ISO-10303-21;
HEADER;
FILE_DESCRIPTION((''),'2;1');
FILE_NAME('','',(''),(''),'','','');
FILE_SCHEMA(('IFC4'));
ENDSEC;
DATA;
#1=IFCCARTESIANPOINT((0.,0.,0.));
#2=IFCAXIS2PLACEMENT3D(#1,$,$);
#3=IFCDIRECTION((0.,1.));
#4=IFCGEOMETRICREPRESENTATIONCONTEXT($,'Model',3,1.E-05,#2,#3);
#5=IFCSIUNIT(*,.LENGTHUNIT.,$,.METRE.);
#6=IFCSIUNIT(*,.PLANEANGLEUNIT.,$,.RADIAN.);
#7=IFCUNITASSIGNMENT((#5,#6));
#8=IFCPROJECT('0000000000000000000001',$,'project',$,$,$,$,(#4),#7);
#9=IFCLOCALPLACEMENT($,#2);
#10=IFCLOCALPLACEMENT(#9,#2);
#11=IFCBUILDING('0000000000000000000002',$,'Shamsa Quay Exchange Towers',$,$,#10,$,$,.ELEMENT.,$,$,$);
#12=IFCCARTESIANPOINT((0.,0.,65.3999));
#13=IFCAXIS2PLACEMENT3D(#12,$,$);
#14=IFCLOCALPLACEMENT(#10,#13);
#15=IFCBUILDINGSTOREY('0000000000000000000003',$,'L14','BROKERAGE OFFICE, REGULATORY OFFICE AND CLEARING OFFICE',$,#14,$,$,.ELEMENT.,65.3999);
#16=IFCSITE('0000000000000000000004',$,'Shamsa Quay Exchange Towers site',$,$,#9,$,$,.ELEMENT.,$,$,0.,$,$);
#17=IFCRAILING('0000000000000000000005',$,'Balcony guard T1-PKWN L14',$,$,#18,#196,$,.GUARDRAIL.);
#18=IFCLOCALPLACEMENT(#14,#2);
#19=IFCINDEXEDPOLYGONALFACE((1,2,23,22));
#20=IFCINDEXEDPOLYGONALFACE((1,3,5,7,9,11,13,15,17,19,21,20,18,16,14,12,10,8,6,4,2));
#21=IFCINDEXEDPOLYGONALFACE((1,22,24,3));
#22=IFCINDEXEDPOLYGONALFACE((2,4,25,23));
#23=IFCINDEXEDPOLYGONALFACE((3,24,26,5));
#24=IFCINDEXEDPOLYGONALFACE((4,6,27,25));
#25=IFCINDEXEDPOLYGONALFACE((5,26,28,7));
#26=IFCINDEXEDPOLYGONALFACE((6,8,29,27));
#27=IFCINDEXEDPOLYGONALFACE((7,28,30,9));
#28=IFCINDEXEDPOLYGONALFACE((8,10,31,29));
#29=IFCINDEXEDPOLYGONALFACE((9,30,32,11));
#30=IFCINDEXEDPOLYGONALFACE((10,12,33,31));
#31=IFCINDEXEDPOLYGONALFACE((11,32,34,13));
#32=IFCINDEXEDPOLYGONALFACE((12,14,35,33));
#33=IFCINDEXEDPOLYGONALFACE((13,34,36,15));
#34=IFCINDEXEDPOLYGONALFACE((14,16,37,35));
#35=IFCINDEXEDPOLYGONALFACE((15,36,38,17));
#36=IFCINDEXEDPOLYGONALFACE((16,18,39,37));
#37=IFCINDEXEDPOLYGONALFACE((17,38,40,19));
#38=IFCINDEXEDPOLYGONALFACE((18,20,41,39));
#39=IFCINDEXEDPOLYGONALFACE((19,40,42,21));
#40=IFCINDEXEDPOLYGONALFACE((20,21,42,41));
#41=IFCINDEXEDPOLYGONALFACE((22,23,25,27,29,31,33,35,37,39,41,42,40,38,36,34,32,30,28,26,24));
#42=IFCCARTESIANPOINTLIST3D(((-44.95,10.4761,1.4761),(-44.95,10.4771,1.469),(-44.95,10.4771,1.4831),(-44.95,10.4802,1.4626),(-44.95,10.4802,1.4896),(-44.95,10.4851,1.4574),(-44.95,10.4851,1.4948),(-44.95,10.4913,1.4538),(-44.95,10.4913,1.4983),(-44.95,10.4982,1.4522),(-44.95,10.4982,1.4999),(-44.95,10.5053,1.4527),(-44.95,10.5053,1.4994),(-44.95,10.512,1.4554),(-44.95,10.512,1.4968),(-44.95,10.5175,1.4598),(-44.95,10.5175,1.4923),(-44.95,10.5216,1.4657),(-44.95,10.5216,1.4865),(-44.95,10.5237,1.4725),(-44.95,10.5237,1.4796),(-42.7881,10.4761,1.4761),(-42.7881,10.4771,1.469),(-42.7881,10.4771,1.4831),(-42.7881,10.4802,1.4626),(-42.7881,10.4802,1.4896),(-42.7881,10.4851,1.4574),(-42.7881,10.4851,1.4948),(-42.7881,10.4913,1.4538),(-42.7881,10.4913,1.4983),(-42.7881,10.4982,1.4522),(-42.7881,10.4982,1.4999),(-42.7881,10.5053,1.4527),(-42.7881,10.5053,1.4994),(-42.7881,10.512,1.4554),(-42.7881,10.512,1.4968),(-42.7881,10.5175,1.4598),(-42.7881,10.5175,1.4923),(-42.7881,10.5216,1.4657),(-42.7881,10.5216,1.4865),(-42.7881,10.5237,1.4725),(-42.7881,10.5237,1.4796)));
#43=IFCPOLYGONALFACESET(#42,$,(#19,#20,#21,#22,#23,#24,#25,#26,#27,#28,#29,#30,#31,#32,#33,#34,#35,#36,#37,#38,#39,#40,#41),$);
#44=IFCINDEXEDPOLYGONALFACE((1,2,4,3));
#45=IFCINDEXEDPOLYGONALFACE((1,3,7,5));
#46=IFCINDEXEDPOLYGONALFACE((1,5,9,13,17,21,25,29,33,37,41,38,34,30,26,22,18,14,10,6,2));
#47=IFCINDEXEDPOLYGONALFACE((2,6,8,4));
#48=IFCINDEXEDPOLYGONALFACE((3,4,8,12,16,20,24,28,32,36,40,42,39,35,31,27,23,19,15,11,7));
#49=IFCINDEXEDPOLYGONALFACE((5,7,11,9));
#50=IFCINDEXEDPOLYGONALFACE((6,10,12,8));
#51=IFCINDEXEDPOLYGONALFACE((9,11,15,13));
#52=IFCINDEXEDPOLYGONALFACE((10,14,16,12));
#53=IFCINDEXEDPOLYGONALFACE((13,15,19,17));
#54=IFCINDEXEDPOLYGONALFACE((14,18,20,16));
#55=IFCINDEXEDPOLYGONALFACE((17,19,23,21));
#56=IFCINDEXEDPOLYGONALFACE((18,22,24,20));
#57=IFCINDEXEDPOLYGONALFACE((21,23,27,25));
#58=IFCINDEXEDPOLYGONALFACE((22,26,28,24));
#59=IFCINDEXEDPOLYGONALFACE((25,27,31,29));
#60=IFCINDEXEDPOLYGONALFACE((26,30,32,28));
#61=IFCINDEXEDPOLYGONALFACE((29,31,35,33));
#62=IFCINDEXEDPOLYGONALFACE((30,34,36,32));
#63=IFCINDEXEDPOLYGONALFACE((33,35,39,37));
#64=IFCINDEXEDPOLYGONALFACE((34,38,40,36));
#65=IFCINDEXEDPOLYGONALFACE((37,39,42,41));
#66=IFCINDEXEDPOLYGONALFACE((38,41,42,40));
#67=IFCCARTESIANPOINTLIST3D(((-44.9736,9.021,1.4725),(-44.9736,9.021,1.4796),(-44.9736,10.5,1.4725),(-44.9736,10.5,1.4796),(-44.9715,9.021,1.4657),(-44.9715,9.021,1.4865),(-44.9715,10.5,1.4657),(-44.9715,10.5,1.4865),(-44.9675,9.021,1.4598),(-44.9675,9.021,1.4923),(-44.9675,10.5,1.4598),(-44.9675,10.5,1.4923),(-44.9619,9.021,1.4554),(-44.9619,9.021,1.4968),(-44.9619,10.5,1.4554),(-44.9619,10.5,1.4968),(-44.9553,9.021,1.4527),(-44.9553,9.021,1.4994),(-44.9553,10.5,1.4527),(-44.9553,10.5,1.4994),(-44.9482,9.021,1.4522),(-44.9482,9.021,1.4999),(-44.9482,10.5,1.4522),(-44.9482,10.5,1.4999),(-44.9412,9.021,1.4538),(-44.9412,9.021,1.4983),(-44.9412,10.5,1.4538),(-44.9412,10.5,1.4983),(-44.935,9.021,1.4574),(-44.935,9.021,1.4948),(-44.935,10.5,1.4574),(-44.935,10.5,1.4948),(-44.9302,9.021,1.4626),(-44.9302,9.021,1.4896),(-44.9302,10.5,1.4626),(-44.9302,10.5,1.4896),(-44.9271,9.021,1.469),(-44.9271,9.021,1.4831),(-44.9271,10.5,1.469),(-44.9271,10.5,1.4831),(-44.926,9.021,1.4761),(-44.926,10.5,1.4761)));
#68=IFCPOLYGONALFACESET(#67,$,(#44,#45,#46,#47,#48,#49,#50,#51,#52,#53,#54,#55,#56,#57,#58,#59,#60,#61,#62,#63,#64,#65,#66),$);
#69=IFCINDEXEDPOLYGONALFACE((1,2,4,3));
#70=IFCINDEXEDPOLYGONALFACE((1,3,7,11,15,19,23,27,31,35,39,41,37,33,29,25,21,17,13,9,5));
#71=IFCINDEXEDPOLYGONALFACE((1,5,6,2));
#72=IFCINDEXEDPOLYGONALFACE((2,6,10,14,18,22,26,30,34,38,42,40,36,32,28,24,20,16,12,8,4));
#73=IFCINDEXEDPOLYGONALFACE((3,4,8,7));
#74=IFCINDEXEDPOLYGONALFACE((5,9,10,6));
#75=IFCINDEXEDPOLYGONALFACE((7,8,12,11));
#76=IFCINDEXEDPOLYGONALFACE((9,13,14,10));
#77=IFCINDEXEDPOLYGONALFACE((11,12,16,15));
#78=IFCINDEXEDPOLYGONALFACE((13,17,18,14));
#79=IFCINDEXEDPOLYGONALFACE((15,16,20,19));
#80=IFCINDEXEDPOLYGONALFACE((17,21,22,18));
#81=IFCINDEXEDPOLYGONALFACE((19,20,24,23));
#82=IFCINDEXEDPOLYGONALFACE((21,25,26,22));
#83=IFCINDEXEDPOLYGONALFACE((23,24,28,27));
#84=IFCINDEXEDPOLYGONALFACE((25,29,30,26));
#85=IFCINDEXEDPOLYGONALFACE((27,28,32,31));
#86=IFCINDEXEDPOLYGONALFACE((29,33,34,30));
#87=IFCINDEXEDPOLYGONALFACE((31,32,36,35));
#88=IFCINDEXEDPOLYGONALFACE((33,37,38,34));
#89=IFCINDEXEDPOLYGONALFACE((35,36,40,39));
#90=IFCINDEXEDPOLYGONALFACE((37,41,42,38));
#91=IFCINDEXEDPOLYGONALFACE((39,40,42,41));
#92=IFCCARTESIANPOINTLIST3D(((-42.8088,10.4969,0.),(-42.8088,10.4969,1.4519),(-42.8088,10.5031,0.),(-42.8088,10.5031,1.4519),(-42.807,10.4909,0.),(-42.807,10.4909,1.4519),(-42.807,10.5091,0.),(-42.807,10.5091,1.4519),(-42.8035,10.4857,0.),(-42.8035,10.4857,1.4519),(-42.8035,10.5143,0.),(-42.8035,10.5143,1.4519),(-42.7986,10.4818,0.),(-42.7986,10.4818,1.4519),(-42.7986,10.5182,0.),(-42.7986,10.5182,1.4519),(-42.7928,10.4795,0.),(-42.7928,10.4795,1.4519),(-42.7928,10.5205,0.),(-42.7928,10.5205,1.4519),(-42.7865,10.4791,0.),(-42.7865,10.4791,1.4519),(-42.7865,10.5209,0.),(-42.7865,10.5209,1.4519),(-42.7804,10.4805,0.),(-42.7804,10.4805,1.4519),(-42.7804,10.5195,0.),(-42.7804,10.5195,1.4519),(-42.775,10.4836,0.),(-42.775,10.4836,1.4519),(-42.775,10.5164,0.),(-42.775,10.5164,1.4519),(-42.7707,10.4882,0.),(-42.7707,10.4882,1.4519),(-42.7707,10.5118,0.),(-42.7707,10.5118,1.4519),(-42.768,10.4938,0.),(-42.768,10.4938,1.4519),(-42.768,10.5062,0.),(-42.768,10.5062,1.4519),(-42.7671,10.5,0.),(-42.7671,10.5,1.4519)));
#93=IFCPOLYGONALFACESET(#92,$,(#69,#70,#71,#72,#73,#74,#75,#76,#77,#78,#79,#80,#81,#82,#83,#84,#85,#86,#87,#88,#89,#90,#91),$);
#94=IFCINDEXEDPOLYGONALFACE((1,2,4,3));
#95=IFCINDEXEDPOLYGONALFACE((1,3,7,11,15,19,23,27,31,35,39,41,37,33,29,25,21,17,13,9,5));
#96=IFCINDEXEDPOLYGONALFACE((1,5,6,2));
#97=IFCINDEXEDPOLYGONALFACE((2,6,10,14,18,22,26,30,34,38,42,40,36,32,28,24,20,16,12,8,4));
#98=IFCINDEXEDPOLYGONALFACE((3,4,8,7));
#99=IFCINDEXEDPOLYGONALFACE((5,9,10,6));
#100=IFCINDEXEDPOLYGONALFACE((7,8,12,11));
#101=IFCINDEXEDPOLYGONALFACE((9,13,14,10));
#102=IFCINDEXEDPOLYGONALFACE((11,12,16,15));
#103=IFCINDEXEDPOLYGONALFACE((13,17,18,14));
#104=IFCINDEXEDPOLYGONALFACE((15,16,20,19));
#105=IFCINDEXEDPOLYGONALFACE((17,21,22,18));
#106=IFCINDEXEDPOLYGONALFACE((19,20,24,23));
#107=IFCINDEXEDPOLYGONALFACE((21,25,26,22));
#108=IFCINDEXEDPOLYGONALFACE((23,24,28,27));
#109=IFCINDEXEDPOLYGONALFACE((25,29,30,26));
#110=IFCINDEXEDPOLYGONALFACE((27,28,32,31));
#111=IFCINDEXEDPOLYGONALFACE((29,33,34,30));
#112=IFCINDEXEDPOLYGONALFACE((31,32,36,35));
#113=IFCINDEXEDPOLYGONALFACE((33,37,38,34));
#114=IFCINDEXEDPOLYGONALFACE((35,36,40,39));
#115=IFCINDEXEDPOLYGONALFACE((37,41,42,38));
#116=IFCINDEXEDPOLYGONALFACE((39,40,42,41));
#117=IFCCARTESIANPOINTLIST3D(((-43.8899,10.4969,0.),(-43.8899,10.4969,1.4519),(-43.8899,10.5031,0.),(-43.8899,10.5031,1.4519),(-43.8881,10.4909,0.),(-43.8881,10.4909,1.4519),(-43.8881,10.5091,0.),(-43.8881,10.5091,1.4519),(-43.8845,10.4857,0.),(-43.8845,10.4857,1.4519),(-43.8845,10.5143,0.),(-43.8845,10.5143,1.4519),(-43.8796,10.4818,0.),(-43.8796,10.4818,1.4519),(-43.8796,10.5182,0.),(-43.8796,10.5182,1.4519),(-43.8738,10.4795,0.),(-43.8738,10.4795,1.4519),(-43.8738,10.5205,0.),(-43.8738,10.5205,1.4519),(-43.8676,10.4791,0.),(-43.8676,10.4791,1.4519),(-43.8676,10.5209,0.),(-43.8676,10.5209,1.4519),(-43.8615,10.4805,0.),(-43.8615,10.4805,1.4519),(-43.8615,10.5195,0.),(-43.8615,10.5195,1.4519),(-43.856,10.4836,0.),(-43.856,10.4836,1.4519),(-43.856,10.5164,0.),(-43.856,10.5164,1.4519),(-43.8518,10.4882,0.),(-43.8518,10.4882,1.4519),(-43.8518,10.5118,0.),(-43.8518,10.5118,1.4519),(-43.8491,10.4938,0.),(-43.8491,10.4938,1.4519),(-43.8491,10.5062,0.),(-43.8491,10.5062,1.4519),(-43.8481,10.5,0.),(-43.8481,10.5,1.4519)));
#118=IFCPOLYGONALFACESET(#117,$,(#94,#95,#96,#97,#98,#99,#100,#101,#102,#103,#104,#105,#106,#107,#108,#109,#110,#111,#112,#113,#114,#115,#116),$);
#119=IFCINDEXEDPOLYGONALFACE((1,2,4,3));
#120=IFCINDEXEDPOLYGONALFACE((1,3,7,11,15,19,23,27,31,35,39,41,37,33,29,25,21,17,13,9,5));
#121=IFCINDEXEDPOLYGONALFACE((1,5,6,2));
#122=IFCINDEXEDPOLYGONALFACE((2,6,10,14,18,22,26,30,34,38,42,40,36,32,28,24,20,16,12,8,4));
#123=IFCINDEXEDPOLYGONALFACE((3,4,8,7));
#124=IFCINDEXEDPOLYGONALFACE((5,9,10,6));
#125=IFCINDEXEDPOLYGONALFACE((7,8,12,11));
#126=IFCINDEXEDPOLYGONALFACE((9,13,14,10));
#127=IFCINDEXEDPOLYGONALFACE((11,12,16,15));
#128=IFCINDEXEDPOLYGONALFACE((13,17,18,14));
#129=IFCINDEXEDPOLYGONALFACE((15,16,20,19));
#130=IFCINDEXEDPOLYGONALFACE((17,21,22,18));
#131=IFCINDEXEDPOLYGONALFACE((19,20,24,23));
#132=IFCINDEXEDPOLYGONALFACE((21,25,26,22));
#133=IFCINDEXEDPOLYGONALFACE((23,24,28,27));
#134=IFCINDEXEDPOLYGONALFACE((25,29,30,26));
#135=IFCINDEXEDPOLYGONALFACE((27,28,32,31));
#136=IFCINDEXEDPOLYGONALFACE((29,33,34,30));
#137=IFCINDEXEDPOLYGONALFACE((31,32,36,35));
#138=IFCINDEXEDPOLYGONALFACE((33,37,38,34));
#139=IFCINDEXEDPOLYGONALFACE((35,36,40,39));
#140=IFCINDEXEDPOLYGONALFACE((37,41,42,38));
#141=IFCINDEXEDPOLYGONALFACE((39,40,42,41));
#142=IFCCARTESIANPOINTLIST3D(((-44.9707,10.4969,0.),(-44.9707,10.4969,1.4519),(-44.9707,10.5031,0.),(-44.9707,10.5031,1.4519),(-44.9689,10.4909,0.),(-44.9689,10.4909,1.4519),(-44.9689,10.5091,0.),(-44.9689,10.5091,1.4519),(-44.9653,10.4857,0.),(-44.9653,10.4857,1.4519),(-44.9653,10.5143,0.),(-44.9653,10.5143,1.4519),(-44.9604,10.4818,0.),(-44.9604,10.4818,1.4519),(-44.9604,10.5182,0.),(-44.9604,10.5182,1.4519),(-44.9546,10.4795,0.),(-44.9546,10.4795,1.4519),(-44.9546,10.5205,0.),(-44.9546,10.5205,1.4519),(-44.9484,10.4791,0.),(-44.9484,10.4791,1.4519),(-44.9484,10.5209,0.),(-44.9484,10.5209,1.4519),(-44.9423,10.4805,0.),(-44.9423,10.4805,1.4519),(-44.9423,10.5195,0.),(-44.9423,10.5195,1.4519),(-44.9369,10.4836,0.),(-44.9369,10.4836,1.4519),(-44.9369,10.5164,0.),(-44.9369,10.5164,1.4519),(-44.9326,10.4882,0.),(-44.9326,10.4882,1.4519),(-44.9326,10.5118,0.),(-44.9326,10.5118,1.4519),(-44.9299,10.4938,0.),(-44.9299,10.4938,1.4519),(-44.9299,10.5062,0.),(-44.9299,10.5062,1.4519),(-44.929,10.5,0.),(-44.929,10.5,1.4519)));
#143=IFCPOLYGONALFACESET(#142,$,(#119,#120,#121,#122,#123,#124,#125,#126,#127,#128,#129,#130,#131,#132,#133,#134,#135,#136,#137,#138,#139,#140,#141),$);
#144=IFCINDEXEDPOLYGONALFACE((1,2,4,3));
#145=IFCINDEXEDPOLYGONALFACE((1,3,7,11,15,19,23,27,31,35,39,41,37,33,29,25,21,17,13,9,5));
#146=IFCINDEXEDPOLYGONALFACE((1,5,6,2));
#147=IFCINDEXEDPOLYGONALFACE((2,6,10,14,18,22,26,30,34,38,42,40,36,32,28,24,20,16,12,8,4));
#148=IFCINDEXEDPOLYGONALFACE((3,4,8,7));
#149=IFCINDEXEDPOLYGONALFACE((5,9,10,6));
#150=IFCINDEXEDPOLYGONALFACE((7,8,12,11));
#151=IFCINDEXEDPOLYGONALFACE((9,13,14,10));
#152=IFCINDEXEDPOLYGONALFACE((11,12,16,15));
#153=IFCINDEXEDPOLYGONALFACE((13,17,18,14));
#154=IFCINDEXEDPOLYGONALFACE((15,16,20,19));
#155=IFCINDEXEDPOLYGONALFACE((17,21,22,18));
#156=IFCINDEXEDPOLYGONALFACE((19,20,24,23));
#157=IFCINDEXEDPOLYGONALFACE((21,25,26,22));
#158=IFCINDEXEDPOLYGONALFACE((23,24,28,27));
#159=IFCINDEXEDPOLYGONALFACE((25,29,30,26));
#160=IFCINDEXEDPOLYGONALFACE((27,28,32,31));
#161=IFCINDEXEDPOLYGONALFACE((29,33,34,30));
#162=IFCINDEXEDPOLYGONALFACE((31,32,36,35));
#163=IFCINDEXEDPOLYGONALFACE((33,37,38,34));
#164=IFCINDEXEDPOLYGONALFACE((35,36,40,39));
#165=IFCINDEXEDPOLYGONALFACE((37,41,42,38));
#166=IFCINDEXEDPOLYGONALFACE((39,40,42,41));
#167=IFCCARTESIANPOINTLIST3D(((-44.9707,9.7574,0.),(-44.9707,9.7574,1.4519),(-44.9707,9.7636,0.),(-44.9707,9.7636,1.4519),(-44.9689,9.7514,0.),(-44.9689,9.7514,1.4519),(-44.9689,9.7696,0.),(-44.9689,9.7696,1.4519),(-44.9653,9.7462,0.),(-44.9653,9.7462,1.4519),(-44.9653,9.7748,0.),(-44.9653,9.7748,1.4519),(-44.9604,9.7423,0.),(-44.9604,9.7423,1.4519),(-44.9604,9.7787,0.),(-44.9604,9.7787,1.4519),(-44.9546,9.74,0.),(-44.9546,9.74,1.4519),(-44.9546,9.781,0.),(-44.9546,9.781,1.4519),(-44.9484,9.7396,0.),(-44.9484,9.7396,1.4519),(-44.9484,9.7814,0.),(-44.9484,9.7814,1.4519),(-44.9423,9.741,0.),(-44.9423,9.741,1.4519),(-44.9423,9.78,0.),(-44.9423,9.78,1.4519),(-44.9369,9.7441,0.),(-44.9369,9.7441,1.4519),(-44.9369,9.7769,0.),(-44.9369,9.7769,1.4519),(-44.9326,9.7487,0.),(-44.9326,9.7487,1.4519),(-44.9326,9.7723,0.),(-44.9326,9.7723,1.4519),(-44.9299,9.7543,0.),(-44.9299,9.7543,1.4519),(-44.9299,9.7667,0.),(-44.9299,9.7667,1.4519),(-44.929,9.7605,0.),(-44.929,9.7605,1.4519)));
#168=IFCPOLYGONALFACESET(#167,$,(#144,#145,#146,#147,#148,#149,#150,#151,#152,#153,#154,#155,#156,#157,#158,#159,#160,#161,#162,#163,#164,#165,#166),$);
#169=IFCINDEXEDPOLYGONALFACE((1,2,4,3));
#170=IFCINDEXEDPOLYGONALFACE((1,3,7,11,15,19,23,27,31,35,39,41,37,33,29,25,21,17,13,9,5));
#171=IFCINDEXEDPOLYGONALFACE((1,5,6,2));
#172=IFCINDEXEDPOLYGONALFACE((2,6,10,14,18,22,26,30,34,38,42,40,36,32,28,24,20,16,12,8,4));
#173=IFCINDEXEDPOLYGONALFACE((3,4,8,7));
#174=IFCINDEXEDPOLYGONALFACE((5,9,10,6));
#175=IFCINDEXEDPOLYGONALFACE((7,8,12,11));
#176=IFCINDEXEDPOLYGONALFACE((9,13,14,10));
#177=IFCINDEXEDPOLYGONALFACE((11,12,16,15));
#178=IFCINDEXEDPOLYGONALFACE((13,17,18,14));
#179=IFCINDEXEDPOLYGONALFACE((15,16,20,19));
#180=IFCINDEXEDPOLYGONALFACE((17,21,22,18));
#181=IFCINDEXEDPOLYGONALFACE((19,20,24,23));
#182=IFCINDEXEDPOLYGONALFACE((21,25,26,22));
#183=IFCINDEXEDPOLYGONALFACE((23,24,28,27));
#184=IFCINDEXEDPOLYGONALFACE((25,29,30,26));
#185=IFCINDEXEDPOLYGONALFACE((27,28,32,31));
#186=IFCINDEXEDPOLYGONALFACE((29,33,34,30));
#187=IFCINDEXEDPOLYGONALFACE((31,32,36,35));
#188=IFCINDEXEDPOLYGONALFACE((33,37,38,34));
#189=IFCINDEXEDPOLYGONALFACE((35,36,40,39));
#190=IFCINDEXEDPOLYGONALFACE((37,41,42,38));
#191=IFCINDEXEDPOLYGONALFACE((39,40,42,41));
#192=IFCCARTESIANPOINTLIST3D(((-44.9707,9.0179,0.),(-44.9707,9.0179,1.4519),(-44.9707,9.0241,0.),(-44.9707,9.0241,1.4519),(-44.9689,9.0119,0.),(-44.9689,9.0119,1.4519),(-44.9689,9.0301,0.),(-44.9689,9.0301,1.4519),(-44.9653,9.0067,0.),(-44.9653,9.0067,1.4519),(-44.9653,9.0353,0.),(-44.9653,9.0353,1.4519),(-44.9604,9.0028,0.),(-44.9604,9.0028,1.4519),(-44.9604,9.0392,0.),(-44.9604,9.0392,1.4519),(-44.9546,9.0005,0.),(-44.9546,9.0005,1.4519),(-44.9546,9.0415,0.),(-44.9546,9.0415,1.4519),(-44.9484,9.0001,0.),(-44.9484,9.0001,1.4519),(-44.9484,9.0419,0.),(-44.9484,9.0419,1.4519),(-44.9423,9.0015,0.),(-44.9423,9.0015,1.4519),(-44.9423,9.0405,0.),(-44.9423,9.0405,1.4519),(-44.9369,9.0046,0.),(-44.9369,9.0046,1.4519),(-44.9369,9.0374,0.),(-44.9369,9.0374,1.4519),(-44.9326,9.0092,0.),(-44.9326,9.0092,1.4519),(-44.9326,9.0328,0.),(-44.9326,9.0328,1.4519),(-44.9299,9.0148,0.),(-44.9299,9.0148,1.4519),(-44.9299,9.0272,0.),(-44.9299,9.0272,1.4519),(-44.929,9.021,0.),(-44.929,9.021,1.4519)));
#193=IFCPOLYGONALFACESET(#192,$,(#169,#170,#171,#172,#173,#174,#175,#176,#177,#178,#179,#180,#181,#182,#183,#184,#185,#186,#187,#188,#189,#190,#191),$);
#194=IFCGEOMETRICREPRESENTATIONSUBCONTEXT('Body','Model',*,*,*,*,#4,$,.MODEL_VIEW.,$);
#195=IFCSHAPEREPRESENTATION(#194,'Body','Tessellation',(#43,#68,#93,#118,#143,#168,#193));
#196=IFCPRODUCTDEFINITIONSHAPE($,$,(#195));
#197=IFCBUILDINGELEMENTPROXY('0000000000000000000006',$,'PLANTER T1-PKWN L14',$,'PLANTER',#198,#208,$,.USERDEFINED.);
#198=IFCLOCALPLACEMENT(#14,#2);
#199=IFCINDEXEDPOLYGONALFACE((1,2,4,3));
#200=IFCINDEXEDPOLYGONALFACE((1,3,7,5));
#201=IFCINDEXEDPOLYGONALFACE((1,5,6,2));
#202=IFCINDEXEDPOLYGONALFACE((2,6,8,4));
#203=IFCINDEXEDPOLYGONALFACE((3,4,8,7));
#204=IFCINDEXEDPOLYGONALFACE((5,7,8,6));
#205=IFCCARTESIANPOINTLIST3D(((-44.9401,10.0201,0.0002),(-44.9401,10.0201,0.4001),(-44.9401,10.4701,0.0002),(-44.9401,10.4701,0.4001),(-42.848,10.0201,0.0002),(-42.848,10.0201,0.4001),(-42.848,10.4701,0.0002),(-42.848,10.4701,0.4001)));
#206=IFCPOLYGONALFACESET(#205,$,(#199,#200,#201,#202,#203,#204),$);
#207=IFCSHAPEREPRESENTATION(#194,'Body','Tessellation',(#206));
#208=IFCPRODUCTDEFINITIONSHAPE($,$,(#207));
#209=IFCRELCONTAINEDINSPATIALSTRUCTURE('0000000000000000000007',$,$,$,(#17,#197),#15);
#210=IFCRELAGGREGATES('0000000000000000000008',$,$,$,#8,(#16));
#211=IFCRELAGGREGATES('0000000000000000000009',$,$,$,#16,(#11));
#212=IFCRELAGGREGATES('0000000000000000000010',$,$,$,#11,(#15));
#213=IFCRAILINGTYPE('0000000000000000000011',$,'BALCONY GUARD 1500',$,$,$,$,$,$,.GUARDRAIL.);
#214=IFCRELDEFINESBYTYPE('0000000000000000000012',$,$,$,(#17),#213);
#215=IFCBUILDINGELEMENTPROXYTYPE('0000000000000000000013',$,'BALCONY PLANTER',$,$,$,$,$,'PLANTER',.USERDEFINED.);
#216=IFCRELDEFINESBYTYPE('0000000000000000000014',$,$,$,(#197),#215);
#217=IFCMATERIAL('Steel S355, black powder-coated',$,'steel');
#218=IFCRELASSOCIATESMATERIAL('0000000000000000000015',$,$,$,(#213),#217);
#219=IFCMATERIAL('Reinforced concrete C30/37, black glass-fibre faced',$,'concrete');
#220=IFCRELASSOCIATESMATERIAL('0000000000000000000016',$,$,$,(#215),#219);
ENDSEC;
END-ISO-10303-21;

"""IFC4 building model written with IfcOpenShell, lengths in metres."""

from ifc_helpers import new_model, si_unit, direction, frame, origin, origin_2d, place, context, subcontext, project, spatial, rectangle, circle, extrude, material, type_object, element, save


model = new_model("IFC4")

# Units and contexts
model_context = context("Model", 3, precision=1e-05, world=origin(), true_north=direction((0.0, 1.0)))
body_context = subcontext(model_context, "Body", "Model", "MODEL_VIEW")
ifc_project = project(units=[si_unit("LENGTHUNIT", "METRE"), si_unit("PLANEANGLEUNIT", "RADIAN")], contexts=[model_context])

# Site, building, storey
site_placement = place(None, origin())
site = spatial("IfcSite", under=ifc_project, at=site_placement, Name="Shamsa Quay Exchange Towers site", CompositionType="ELEMENT", RefElevation=0.0)
building_placement = place(site_placement, origin())
building = spatial("IfcBuilding", under=site, at=building_placement, Name="Shamsa Quay Exchange Towers", CompositionType="ELEMENT")
storey_placement = place(building_placement, frame((0.0, 0.0, 65.3999)))
storey = spatial("IfcBuildingStorey", under=building, at=storey_placement, Name="L14", Description="BROKERAGE OFFICE, REGULATORY OFFICE AND CLEARING OFFICE", CompositionType="ELEMENT", Elevation=65.3999)

# Railing
ifc_material_1 = material(Name="Steel S355, black powder-coated", Category="steel")
railing_type_1 = type_object("IfcRailingType", Name="BALCONY GUARD 1500", PredefinedType="GUARDRAIL", material=ifc_material_1)
railing_1_placement = place(storey_placement, frame((-42.7881, 10.5, 0.0)))
element("IfcRailing", 1, at=railing_1_placement, inside=storey, type_object=railing_type_1, Name="Balcony guard T1-PKWN L14", PredefinedType="GUARDRAIL", context=body_context, shape_type="SweptSolid", body=[
    extrude(circle(Radius=0.0239, at=origin_2d()), frame((0.0, 0.0, 1.4761), z_axis=(-1.0, 0.0, 0.0), x_axis=(0.0, -1.0, 0.0)), (0.0, 0.0, 1.0), 2.1619),
    extrude(circle(Radius=0.0239, at=origin_2d()), frame((-2.1619, 0.0, 1.4761), z_axis=(0.0, -1.0, 0.0), x_axis=(1.0, 0.0, 0.0)), (0.0, 0.0, 1.0), 1.479),
    extrude(circle(Radius=0.021, at=origin_2d()), origin(), (0.0, 0.0, 1.0), 1.4519),
    extrude(circle(Radius=0.021, at=origin_2d()), frame((-1.0811, 0.0, 0.0)), (0.0, 0.0, 1.0), 1.4519),
    extrude(circle(Radius=0.021, at=origin_2d()), frame((-2.1619, 0.0, 0.0)), (0.0, 0.0, 1.0), 1.4519),
    extrude(circle(Radius=0.021, at=origin_2d()), frame((-2.1619, -0.7395, 0.0)), (0.0, 0.0, 1.0), 1.4519),
    extrude(circle(Radius=0.021, at=origin_2d()), frame((-2.1619, -1.479, 0.0)), (0.0, 0.0, 1.0), 1.4519),
])

# Building element proxy
ifc_material_2 = material(Name="Reinforced concrete C30/37, black glass-fibre faced", Category="concrete")
building_element_proxy_type = type_object("IfcBuildingElementProxyType", Name="BALCONY PLANTER", ElementType="PLANTER", PredefinedType="USERDEFINED", material=ifc_material_2)
proxy_placement = place(storey_placement, frame((-43.894, 10.2451, 0.0002), z_axis=(0.0, 0.0, 1.0), x_axis=(-1.0, 0.0, 0.0)))
element("IfcBuildingElementProxy", 2, at=proxy_placement, inside=storey, type_object=building_element_proxy_type, Name="PLANTER T1-PKWN L14", ObjectType="PLANTER", PredefinedType="USERDEFINED", context=body_context, shape_type="SweptSolid", body=[
    extrude(rectangle(XDim=2.092, YDim=0.45, at=origin_2d()), origin(), (0.0, 0.0, 1.0), 0.3999),
])

save(model, "model.ifc")
